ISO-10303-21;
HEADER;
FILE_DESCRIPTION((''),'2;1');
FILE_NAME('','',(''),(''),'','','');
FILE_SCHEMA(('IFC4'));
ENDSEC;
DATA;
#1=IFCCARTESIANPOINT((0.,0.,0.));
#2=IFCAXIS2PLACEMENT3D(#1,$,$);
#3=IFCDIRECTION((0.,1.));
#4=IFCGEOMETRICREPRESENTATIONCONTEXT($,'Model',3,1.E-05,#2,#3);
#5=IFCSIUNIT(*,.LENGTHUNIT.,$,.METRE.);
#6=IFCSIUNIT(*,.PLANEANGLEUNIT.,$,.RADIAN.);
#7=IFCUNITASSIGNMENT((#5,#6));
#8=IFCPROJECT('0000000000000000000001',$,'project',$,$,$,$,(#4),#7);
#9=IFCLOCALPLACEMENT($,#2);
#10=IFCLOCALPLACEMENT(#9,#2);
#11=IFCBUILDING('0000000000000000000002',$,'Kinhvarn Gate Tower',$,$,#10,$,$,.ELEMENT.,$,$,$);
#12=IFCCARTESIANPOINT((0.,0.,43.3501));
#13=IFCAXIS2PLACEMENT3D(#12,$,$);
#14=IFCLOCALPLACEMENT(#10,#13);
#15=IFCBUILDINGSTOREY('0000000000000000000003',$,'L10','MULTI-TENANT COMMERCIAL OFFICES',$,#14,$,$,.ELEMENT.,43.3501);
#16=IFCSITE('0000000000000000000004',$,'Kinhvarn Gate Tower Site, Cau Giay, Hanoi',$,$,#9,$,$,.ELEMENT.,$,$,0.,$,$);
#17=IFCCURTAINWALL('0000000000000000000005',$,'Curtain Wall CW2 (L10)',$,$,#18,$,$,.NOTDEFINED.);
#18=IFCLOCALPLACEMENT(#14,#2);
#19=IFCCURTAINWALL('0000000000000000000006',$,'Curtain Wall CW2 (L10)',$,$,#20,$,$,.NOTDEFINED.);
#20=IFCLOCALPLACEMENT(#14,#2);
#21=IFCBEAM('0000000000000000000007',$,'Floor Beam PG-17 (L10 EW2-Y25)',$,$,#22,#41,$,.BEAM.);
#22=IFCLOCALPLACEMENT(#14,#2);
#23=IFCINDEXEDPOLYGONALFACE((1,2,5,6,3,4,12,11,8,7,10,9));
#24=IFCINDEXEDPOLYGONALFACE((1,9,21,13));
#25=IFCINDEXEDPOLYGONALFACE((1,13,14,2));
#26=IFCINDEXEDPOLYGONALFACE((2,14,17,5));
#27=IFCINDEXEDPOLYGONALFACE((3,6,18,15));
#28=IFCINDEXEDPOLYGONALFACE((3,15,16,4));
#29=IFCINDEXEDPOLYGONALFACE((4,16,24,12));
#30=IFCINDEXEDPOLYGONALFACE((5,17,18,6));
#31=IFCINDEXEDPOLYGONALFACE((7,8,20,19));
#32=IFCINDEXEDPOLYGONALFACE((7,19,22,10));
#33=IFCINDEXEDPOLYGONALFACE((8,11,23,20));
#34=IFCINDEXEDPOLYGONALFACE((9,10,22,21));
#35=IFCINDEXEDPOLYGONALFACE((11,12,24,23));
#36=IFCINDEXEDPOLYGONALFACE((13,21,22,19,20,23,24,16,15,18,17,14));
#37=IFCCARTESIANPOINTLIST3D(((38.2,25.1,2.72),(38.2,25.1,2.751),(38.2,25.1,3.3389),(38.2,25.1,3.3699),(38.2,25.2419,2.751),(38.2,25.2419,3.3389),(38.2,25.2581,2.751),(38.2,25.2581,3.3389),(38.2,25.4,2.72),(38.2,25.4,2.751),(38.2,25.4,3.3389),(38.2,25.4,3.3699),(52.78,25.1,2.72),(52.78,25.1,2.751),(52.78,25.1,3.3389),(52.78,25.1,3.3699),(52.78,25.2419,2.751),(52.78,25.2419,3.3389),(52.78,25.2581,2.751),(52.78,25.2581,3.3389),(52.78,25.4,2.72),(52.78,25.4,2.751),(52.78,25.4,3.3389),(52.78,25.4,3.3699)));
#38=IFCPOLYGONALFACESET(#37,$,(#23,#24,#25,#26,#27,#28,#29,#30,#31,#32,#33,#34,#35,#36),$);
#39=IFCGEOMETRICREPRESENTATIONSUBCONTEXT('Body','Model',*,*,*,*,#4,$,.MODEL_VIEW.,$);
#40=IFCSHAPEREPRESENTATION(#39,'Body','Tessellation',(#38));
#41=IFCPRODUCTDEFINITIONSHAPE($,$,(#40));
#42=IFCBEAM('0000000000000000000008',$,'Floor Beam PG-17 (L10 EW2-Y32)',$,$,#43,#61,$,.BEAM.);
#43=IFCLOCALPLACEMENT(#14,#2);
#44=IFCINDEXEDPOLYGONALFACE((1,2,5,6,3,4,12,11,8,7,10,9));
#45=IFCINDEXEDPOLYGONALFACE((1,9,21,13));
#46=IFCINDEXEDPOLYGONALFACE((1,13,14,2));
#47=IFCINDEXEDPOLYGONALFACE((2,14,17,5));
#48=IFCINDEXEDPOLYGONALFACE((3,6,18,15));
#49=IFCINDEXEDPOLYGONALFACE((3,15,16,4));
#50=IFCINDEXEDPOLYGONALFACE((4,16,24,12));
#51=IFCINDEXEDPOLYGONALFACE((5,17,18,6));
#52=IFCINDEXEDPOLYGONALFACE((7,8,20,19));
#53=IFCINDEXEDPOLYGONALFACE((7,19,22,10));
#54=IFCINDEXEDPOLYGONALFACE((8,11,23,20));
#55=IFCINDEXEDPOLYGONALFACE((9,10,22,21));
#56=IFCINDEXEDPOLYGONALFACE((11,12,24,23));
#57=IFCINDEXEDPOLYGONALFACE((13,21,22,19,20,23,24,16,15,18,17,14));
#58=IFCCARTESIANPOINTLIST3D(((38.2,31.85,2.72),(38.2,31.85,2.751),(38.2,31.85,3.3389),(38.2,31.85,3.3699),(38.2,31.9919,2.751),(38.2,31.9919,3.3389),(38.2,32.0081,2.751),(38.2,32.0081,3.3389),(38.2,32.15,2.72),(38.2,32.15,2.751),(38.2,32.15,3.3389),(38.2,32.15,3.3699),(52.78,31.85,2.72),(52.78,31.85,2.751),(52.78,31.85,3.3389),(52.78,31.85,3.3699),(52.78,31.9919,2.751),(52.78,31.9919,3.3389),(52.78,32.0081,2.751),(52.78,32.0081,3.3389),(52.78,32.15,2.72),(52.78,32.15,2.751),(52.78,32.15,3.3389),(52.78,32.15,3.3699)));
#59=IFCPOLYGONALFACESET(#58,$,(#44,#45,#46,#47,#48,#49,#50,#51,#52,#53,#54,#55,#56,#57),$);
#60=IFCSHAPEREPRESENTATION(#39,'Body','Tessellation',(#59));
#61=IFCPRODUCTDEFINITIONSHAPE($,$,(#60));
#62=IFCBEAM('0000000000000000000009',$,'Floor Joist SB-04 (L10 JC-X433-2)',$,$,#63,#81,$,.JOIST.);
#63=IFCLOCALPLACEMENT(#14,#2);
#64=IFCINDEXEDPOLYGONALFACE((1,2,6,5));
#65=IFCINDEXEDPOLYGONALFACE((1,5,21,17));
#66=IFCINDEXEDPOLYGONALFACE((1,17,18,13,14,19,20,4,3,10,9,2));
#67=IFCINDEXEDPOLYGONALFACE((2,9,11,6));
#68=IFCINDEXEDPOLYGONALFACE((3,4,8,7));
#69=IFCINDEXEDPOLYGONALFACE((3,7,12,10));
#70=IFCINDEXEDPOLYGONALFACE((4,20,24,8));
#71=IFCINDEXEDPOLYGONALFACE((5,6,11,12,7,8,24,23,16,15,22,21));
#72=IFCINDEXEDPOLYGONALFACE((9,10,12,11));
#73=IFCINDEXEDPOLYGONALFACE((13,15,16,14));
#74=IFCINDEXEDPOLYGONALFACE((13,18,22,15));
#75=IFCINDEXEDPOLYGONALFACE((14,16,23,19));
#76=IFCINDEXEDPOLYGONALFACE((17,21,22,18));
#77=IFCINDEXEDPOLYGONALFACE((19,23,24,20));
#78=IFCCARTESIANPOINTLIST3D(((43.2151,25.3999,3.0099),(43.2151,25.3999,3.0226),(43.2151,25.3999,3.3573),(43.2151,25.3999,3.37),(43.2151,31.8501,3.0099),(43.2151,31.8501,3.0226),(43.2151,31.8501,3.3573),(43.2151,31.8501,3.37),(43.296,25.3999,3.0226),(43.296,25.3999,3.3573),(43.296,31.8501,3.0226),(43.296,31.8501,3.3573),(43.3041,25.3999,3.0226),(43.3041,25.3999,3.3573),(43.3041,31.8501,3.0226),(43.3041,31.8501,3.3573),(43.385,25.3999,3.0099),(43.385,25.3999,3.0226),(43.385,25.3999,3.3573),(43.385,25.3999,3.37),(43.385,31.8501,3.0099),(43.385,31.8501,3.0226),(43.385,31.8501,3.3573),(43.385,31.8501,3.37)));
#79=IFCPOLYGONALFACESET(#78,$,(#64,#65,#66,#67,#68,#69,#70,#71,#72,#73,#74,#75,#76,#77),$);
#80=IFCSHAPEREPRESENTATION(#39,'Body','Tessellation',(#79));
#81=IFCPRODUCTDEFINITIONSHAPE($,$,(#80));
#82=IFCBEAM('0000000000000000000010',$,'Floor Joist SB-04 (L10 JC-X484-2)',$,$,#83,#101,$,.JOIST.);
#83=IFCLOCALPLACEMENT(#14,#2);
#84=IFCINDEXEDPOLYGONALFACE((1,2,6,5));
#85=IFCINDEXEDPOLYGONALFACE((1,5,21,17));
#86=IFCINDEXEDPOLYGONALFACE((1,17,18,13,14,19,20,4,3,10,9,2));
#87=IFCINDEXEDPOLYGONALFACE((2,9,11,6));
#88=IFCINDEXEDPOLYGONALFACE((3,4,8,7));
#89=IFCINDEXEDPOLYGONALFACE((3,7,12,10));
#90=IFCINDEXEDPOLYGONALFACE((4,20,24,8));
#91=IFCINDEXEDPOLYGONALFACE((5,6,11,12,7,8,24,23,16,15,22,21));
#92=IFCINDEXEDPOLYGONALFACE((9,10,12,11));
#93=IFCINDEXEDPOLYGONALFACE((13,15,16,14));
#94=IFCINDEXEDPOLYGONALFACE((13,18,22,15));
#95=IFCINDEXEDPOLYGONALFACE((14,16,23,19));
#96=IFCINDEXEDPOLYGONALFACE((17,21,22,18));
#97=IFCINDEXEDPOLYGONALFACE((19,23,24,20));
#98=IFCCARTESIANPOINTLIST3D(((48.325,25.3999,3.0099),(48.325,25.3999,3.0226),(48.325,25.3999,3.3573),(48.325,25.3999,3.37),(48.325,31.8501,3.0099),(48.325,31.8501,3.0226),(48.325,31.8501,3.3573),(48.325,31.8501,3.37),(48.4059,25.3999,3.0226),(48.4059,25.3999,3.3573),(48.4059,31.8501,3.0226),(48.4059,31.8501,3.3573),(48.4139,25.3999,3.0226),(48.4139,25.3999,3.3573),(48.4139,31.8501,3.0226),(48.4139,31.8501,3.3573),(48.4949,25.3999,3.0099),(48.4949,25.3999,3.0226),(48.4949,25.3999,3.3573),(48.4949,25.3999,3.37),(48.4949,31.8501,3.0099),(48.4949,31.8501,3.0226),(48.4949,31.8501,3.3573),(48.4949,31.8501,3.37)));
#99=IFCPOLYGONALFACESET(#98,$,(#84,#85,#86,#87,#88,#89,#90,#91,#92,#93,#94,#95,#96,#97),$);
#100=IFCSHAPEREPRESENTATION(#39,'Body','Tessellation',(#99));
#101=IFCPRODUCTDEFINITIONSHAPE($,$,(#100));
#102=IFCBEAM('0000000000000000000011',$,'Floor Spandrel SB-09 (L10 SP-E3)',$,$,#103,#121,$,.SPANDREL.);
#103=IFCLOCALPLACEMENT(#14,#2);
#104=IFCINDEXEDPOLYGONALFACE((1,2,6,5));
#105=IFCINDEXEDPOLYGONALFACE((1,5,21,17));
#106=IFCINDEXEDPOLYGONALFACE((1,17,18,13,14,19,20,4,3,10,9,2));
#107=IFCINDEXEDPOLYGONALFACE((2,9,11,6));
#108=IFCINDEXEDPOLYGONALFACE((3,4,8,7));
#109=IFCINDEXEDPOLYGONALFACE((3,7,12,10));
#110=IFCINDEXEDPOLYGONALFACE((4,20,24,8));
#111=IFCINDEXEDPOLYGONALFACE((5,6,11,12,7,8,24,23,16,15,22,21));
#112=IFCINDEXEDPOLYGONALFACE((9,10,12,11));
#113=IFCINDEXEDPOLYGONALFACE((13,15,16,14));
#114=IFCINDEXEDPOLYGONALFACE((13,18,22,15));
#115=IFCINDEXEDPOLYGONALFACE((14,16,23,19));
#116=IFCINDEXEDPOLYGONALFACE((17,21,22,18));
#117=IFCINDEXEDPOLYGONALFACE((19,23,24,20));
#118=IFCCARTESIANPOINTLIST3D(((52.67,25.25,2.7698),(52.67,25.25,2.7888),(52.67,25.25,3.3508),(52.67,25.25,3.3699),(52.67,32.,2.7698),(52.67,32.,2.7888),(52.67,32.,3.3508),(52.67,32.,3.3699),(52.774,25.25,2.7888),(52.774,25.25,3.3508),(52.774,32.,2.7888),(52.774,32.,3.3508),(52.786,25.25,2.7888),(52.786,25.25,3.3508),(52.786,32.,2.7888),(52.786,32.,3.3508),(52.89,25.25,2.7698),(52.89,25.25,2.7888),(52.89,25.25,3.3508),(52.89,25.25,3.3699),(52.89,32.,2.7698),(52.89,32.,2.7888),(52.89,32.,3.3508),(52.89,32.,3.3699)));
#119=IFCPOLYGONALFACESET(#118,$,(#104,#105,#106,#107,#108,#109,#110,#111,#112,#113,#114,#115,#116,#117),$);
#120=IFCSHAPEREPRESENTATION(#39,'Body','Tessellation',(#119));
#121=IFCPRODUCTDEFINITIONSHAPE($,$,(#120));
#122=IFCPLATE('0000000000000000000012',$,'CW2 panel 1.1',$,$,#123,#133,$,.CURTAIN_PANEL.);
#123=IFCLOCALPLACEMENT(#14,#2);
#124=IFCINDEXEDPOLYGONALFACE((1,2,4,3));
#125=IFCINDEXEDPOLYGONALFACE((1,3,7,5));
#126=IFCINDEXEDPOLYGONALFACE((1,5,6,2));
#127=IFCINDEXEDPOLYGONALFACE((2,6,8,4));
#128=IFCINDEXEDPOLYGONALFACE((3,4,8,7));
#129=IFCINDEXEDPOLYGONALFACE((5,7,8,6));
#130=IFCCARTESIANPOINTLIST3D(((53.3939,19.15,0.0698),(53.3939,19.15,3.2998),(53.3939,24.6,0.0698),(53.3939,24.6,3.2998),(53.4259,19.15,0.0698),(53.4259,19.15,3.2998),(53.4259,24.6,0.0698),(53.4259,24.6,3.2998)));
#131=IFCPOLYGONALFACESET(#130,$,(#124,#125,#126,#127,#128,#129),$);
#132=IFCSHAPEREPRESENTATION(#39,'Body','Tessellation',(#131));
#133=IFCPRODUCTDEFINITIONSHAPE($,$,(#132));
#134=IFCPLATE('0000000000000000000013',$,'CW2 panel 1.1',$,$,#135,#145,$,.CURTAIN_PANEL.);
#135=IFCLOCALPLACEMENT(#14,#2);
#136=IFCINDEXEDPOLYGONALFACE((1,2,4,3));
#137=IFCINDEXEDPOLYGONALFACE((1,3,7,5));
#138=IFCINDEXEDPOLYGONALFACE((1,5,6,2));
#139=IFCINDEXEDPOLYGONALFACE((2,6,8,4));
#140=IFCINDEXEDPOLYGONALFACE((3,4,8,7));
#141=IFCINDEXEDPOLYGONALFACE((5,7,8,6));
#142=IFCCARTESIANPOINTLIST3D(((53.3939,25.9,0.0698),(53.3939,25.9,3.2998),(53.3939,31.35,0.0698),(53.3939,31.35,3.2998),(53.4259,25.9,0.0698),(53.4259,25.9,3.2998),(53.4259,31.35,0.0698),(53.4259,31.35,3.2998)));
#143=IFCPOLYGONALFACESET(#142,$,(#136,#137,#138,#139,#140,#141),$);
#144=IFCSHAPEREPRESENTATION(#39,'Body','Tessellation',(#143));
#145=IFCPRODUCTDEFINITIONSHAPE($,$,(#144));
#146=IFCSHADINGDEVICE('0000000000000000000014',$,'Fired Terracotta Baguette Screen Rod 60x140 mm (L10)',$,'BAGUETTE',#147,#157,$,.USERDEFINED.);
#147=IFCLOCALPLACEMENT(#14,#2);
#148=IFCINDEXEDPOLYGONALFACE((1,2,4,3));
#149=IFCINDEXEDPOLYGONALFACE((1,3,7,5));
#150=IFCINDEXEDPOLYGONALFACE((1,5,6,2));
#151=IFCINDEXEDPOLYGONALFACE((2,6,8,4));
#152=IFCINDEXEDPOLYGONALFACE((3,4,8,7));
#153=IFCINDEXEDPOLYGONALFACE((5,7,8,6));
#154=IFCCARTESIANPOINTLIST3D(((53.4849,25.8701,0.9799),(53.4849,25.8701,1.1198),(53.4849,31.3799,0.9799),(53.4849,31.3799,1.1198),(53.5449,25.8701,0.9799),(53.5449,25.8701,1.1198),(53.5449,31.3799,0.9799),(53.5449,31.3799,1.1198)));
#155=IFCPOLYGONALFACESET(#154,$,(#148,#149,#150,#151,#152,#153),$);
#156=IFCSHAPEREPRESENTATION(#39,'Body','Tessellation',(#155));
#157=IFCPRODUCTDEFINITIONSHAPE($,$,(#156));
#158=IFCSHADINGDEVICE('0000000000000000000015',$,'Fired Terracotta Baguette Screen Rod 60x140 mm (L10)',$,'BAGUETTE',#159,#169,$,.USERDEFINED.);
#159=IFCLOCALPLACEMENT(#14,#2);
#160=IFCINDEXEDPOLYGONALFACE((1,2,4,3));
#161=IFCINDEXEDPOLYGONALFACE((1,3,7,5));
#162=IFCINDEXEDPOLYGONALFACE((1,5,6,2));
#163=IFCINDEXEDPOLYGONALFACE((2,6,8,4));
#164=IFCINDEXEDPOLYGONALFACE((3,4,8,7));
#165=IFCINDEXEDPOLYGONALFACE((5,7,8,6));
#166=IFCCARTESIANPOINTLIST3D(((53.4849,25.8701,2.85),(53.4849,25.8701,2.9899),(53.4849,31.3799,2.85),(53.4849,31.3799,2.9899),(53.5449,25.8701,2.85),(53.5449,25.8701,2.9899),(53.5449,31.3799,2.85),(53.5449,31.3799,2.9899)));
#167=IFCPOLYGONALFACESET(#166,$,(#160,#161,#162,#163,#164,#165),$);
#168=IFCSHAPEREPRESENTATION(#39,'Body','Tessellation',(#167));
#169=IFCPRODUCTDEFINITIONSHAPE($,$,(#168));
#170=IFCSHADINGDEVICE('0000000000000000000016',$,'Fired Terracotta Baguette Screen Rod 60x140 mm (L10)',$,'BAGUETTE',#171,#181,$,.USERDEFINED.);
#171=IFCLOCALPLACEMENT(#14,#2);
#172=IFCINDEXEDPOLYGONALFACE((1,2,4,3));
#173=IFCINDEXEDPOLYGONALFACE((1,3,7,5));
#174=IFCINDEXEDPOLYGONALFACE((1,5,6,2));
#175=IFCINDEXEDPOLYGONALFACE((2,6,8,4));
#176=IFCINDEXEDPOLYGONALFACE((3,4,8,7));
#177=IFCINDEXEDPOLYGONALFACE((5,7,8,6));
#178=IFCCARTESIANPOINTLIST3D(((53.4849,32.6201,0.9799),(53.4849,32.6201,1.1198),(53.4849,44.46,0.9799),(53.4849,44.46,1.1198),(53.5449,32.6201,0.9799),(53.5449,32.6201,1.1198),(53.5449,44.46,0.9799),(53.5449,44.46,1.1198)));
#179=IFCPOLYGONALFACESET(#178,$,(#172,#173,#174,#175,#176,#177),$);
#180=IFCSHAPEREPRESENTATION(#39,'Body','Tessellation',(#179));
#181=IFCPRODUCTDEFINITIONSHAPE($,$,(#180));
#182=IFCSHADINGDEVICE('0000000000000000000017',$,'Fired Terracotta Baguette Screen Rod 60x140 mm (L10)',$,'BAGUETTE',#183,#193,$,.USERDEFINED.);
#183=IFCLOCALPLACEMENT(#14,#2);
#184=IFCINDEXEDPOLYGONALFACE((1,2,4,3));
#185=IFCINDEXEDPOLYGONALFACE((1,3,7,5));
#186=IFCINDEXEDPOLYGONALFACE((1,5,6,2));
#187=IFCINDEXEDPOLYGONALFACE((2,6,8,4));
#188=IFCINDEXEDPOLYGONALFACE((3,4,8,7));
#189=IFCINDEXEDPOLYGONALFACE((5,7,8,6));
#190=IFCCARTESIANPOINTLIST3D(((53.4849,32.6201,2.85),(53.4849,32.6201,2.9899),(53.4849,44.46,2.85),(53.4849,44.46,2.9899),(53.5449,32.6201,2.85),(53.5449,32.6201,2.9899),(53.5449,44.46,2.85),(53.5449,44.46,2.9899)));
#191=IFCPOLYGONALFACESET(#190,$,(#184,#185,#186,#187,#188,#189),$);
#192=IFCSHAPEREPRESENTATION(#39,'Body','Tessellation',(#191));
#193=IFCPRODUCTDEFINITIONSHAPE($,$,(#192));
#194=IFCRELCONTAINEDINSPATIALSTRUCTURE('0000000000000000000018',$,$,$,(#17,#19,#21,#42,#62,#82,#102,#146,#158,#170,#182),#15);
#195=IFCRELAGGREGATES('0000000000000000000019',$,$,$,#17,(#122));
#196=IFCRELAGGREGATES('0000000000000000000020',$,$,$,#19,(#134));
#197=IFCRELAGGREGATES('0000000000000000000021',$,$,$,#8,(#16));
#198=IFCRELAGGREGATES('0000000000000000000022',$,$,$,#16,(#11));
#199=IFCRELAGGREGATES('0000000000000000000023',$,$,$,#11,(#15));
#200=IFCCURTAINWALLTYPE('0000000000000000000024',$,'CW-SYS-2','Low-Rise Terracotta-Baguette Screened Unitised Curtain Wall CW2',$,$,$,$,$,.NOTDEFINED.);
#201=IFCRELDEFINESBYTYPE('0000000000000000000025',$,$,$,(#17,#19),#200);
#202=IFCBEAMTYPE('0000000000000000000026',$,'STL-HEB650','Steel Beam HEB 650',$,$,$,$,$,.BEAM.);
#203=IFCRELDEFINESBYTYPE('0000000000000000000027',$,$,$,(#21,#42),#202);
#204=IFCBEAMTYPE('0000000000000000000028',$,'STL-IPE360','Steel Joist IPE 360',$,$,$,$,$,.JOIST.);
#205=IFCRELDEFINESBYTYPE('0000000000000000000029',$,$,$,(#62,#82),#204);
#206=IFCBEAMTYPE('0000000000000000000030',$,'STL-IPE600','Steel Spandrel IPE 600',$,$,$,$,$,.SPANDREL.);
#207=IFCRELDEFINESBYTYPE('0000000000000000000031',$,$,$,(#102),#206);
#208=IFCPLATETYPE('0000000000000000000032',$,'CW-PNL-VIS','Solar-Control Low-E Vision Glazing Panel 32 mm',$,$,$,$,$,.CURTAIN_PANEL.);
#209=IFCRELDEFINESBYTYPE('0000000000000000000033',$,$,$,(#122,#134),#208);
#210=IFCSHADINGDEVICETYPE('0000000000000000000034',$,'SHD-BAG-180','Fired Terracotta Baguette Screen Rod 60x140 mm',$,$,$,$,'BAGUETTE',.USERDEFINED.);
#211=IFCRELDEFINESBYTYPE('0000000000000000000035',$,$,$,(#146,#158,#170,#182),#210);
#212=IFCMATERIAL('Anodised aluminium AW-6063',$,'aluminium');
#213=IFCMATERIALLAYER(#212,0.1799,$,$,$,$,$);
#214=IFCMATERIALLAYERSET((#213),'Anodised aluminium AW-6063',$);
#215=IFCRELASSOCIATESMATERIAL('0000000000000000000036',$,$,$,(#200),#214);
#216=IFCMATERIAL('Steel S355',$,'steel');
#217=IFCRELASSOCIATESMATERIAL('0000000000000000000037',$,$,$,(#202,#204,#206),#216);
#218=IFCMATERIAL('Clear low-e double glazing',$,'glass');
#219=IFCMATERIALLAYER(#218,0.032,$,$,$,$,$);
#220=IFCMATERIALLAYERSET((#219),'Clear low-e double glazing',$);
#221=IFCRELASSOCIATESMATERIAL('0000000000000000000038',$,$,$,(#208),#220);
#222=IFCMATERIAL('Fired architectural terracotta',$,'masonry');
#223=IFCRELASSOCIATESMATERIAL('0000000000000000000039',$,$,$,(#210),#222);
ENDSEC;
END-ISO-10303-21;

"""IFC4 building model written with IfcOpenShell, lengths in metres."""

from ifc_helpers import new_model, si_unit, direction, frame, origin, origin_2d, place, context, subcontext, project, spatial, rectangle, i_section, extrude, material, layer, layer_set, material_profile, profile_set, type_object, element, aggregate, save


model = new_model("IFC4")

# Units and contexts
model_context = context("Model", 3, precision=1e-05, world=origin(), true_north=direction((0.0, 1.0)))
body_context = subcontext(model_context, "Body", "Model", "MODEL_VIEW")
ifc_project = project(units=[si_unit("LENGTHUNIT", "METRE"), si_unit("PLANEANGLEUNIT", "RADIAN")], contexts=[model_context])

# Site, building, storey
site_placement = place(None, origin())
site = spatial("IfcSite", under=ifc_project, at=site_placement, Name="Kinhvarn Gate Tower Site, Cau Giay, Hanoi", CompositionType="ELEMENT", RefElevation=0.0)
building_placement = place(site_placement, origin())
building = spatial("IfcBuilding", under=site, at=building_placement, Name="Kinhvarn Gate Tower", CompositionType="ELEMENT")
storey_placement = place(building_placement, frame((0.0, 0.0, 43.3501)))
storey = spatial("IfcBuildingStorey", under=building, at=storey_placement, Name="L10", Description="MULTI-TENANT COMMERCIAL OFFICES", CompositionType="ELEMENT", Elevation=43.3501)

# Curtain wall
ifc_material_1 = material(Name="Anodised aluminium AW-6063", Category="aluminium")
ifc_layer_1 = layer(ifc_material_1, 0.1799)
ifc_layer_set_1 = layer_set([ifc_layer_1], Name="Anodised aluminium AW-6063")
curtain_wall_type = type_object("IfcCurtainWallType", Name="CW-SYS-2", Description="Low-Rise Terracotta-Baguette Screened Unitised Curtain Wall CW2", PredefinedType="NOTDEFINED", material=ifc_layer_set_1)
curtain_wall_1_placement = place(storey_placement, origin())
curtain_wall_1 = element("IfcCurtainWall", 1, at=curtain_wall_1_placement, inside=storey, type_object=curtain_wall_type, Name="Curtain Wall CW2 (L10)", PredefinedType="NOTDEFINED")

# Curtain wall
curtain_wall_2_placement = place(storey_placement, origin())
curtain_wall_2 = element("IfcCurtainWall", 2, at=curtain_wall_2_placement, inside=storey, type_object=curtain_wall_type, Name="Curtain Wall CW2 (L10)", PredefinedType="NOTDEFINED")

# Beams
ifc_material_2 = material(Name="Steel S355", Category="steel")
ifc_material_profile_1 = material_profile(ifc_material_2, i_section(OverallWidth=0.3, OverallDepth=0.6499, WebThickness=0.0161, FlangeThickness=0.031, at=origin_2d()), Name="HEB 650")
ifc_profile_set_1 = profile_set([ifc_material_profile_1], Name="Steel S355")
beam_type_1 = type_object("IfcBeamType", Name="STL-HEB650", Description="Steel Beam HEB 650", PredefinedType="BEAM", material=ifc_profile_set_1)
for number, where, z_axis, x_axis, name in (
    (3, (38.2, 25.25, 3.0449), (1.0, 0.0, 0.0), (0.0, 1.0, 0.0), "Floor Beam PG-17 (L10 EW2-Y25)"),
    (4, (38.2, 32.0, 3.0449), (1.0, 0.0, 0.0), (0.0, 1.0, 0.0), "Floor Beam PG-17 (L10 EW2-Y32)"),
):
    element("IfcBeam", number, at=place(storey_placement, frame(where, z_axis=z_axis, x_axis=x_axis)), inside=storey, type_object=beam_type_1, Name=name, PredefinedType="BEAM", context=body_context, shape_type="SweptSolid", body=[
        extrude(i_section(OverallWidth=0.3, OverallDepth=0.6499, WebThickness=0.0161, FlangeThickness=0.031, at=origin_2d()), origin(), (0.0, 0.0, 1.0), 14.5801),
    ])
ifc_material_profile_2 = material_profile(ifc_material_2, i_section(OverallWidth=0.1699, OverallDepth=0.3601, WebThickness=0.0081, FlangeThickness=0.0127, at=origin_2d()), Name="IPE 360")
ifc_profile_set_2 = profile_set([ifc_material_profile_2], Name="Steel S355")
beam_type_2 = type_object("IfcBeamType", Name="STL-IPE360", Description="Steel Joist IPE 360", PredefinedType="JOIST", material=ifc_profile_set_2)
for number, where, z_axis, x_axis, name in (
    (5, (43.3, 25.3999, 3.1899), (0.0, 1.0, 0.0), (-1.0, 0.0, 0.0), "Floor Joist SB-04 (L10 JC-X433-2)"),
    (6, (48.4099, 25.3999, 3.1899), (0.0, 1.0, 0.0), (-1.0, 0.0, 0.0), "Floor Joist SB-04 (L10 JC-X484-2)"),
):
    element("IfcBeam", number, at=place(storey_placement, frame(where, z_axis=z_axis, x_axis=x_axis)), inside=storey, type_object=beam_type_2, Name=name, PredefinedType="JOIST", context=body_context, shape_type="SweptSolid", body=[
        extrude(i_section(OverallWidth=0.1699, OverallDepth=0.3601, WebThickness=0.0081, FlangeThickness=0.0127, at=origin_2d()), origin(), (0.0, 0.0, 1.0), 6.4502),
    ])
ifc_material_profile_3 = material_profile(ifc_material_2, i_section(OverallWidth=0.22, OverallDepth=0.6001, WebThickness=0.012, FlangeThickness=0.019, at=origin_2d()), Name="IPE 600")
ifc_profile_set_3 = profile_set([ifc_material_profile_3], Name="Steel S355")
beam_type_3 = type_object("IfcBeamType", Name="STL-IPE600", Description="Steel Spandrel IPE 600", PredefinedType="SPANDREL", material=ifc_profile_set_3)
beam_1_placement = place(storey_placement, frame((52.78, 25.25, 3.0698), z_axis=(0.0, 1.0, 0.0), x_axis=(-1.0, 0.0, 0.0)))
element("IfcBeam", 7, at=beam_1_placement, inside=storey, type_object=beam_type_3, Name="Floor Spandrel SB-09 (L10 SP-E3)", PredefinedType="SPANDREL", context=body_context, shape_type="SweptSolid", body=[
    extrude(i_section(OverallWidth=0.22, OverallDepth=0.6001, WebThickness=0.012, FlangeThickness=0.019, at=origin_2d()), origin(), (0.0, 0.0, 1.0), 6.75),
])

# Plates
ifc_material_3 = material(Name="Clear low-e double glazing", Category="glass")
ifc_layer_2 = layer(ifc_material_3, 0.032)
ifc_layer_set_2 = layer_set([ifc_layer_2], Name="Clear low-e double glazing")
plate_type = type_object("IfcPlateType", Name="CW-PNL-VIS", Description="Solar-Control Low-E Vision Glazing Panel 32 mm", PredefinedType="CURTAIN_PANEL", material=ifc_layer_set_2)
plate_1_placement = place(storey_placement, frame((53.4099, 21.875, 0.0698), z_axis=(0.0, 0.0, 1.0), x_axis=(0.0, 1.0, 0.0)))
plate_1 = element("IfcPlate", 8, at=plate_1_placement, type_object=plate_type, Name="CW2 panel 1.1", PredefinedType="CURTAIN_PANEL", context=body_context, shape_type="SweptSolid", body=[
    extrude(rectangle(XDim=5.45, YDim=0.032, at=origin_2d()), origin(), (0.0, 0.0, 1.0), 3.23),
])
aggregate(curtain_wall_1, [plate_1])
plate_2_placement = place(storey_placement, frame((53.4099, 28.625, 0.0698), z_axis=(0.0, 0.0, 1.0), x_axis=(0.0, 1.0, 0.0)))
plate_2 = element("IfcPlate", 9, at=plate_2_placement, type_object=plate_type, Name="CW2 panel 1.1", PredefinedType="CURTAIN_PANEL", context=body_context, shape_type="SweptSolid", body=[
    extrude(rectangle(XDim=5.45, YDim=0.032, at=origin_2d()), origin(), (0.0, 0.0, 1.0), 3.23),
])
aggregate(curtain_wall_2, [plate_2])

# Shading devices
ifc_material_4 = material(Name="Fired architectural terracotta", Category="masonry")
ifc_material_profile_4 = material_profile(ifc_material_4, rectangle(XDim=0.0601, YDim=0.1399, at=origin_2d()), Name="TC 60x140")
ifc_profile_set_4 = profile_set([ifc_material_profile_4], Name="Fired architectural terracotta")
shading_device_type = type_object("IfcShadingDeviceType", Name="SHD-BAG-180", Description="Fired Terracotta Baguette Screen Rod 60x140 mm", ElementType="BAGUETTE", PredefinedType="USERDEFINED", material=ifc_profile_set_4)
for number, where, z_axis, x_axis, name in (
    (10, (53.5149, 25.8701, 1.0498), (0.0, 1.0, 0.0), (-1.0, 0.0, 0.0), "Fired Terracotta Baguette Screen Rod 60x140 mm (L10)"),
    (11, (53.5149, 25.8701, 2.9199), (0.0, 1.0, 0.0), (-1.0, 0.0, 0.0), "Fired Terracotta Baguette Screen Rod 60x140 mm (L10)"),
):
    element("IfcShadingDevice", number, at=place(storey_placement, frame(where, z_axis=z_axis, x_axis=x_axis)), inside=storey, type_object=shading_device_type, Name=name, ObjectType="BAGUETTE", PredefinedType="USERDEFINED", context=body_context, shape_type="SweptSolid", body=[
        extrude(rectangle(XDim=0.0601, YDim=0.1399, at=origin_2d()), origin(), (0.0, 0.0, 1.0), 5.5098),
    ])
for number, where, z_axis, x_axis, name in (
    (12, (53.5149, 32.6201, 1.0498), (0.0, 1.0, 0.0), (-1.0, 0.0, 0.0), "Fired Terracotta Baguette Screen Rod 60x140 mm (L10)"),
    (13, (53.5149, 32.6201, 2.9199), (0.0, 1.0, 0.0), (-1.0, 0.0, 0.0), "Fired Terracotta Baguette Screen Rod 60x140 mm (L10)"),
):
    element("IfcShadingDevice", number, at=place(storey_placement, frame(where, z_axis=z_axis, x_axis=x_axis)), inside=storey, type_object=shading_device_type, Name=name, ObjectType="BAGUETTE", PredefinedType="USERDEFINED", context=body_context, shape_type="SweptSolid", body=[
        extrude(rectangle(XDim=0.0601, YDim=0.1399, at=origin_2d()), origin(), (0.0, 0.0, 1.0), 11.8398),
    ])

save(model, "model.ifc")
